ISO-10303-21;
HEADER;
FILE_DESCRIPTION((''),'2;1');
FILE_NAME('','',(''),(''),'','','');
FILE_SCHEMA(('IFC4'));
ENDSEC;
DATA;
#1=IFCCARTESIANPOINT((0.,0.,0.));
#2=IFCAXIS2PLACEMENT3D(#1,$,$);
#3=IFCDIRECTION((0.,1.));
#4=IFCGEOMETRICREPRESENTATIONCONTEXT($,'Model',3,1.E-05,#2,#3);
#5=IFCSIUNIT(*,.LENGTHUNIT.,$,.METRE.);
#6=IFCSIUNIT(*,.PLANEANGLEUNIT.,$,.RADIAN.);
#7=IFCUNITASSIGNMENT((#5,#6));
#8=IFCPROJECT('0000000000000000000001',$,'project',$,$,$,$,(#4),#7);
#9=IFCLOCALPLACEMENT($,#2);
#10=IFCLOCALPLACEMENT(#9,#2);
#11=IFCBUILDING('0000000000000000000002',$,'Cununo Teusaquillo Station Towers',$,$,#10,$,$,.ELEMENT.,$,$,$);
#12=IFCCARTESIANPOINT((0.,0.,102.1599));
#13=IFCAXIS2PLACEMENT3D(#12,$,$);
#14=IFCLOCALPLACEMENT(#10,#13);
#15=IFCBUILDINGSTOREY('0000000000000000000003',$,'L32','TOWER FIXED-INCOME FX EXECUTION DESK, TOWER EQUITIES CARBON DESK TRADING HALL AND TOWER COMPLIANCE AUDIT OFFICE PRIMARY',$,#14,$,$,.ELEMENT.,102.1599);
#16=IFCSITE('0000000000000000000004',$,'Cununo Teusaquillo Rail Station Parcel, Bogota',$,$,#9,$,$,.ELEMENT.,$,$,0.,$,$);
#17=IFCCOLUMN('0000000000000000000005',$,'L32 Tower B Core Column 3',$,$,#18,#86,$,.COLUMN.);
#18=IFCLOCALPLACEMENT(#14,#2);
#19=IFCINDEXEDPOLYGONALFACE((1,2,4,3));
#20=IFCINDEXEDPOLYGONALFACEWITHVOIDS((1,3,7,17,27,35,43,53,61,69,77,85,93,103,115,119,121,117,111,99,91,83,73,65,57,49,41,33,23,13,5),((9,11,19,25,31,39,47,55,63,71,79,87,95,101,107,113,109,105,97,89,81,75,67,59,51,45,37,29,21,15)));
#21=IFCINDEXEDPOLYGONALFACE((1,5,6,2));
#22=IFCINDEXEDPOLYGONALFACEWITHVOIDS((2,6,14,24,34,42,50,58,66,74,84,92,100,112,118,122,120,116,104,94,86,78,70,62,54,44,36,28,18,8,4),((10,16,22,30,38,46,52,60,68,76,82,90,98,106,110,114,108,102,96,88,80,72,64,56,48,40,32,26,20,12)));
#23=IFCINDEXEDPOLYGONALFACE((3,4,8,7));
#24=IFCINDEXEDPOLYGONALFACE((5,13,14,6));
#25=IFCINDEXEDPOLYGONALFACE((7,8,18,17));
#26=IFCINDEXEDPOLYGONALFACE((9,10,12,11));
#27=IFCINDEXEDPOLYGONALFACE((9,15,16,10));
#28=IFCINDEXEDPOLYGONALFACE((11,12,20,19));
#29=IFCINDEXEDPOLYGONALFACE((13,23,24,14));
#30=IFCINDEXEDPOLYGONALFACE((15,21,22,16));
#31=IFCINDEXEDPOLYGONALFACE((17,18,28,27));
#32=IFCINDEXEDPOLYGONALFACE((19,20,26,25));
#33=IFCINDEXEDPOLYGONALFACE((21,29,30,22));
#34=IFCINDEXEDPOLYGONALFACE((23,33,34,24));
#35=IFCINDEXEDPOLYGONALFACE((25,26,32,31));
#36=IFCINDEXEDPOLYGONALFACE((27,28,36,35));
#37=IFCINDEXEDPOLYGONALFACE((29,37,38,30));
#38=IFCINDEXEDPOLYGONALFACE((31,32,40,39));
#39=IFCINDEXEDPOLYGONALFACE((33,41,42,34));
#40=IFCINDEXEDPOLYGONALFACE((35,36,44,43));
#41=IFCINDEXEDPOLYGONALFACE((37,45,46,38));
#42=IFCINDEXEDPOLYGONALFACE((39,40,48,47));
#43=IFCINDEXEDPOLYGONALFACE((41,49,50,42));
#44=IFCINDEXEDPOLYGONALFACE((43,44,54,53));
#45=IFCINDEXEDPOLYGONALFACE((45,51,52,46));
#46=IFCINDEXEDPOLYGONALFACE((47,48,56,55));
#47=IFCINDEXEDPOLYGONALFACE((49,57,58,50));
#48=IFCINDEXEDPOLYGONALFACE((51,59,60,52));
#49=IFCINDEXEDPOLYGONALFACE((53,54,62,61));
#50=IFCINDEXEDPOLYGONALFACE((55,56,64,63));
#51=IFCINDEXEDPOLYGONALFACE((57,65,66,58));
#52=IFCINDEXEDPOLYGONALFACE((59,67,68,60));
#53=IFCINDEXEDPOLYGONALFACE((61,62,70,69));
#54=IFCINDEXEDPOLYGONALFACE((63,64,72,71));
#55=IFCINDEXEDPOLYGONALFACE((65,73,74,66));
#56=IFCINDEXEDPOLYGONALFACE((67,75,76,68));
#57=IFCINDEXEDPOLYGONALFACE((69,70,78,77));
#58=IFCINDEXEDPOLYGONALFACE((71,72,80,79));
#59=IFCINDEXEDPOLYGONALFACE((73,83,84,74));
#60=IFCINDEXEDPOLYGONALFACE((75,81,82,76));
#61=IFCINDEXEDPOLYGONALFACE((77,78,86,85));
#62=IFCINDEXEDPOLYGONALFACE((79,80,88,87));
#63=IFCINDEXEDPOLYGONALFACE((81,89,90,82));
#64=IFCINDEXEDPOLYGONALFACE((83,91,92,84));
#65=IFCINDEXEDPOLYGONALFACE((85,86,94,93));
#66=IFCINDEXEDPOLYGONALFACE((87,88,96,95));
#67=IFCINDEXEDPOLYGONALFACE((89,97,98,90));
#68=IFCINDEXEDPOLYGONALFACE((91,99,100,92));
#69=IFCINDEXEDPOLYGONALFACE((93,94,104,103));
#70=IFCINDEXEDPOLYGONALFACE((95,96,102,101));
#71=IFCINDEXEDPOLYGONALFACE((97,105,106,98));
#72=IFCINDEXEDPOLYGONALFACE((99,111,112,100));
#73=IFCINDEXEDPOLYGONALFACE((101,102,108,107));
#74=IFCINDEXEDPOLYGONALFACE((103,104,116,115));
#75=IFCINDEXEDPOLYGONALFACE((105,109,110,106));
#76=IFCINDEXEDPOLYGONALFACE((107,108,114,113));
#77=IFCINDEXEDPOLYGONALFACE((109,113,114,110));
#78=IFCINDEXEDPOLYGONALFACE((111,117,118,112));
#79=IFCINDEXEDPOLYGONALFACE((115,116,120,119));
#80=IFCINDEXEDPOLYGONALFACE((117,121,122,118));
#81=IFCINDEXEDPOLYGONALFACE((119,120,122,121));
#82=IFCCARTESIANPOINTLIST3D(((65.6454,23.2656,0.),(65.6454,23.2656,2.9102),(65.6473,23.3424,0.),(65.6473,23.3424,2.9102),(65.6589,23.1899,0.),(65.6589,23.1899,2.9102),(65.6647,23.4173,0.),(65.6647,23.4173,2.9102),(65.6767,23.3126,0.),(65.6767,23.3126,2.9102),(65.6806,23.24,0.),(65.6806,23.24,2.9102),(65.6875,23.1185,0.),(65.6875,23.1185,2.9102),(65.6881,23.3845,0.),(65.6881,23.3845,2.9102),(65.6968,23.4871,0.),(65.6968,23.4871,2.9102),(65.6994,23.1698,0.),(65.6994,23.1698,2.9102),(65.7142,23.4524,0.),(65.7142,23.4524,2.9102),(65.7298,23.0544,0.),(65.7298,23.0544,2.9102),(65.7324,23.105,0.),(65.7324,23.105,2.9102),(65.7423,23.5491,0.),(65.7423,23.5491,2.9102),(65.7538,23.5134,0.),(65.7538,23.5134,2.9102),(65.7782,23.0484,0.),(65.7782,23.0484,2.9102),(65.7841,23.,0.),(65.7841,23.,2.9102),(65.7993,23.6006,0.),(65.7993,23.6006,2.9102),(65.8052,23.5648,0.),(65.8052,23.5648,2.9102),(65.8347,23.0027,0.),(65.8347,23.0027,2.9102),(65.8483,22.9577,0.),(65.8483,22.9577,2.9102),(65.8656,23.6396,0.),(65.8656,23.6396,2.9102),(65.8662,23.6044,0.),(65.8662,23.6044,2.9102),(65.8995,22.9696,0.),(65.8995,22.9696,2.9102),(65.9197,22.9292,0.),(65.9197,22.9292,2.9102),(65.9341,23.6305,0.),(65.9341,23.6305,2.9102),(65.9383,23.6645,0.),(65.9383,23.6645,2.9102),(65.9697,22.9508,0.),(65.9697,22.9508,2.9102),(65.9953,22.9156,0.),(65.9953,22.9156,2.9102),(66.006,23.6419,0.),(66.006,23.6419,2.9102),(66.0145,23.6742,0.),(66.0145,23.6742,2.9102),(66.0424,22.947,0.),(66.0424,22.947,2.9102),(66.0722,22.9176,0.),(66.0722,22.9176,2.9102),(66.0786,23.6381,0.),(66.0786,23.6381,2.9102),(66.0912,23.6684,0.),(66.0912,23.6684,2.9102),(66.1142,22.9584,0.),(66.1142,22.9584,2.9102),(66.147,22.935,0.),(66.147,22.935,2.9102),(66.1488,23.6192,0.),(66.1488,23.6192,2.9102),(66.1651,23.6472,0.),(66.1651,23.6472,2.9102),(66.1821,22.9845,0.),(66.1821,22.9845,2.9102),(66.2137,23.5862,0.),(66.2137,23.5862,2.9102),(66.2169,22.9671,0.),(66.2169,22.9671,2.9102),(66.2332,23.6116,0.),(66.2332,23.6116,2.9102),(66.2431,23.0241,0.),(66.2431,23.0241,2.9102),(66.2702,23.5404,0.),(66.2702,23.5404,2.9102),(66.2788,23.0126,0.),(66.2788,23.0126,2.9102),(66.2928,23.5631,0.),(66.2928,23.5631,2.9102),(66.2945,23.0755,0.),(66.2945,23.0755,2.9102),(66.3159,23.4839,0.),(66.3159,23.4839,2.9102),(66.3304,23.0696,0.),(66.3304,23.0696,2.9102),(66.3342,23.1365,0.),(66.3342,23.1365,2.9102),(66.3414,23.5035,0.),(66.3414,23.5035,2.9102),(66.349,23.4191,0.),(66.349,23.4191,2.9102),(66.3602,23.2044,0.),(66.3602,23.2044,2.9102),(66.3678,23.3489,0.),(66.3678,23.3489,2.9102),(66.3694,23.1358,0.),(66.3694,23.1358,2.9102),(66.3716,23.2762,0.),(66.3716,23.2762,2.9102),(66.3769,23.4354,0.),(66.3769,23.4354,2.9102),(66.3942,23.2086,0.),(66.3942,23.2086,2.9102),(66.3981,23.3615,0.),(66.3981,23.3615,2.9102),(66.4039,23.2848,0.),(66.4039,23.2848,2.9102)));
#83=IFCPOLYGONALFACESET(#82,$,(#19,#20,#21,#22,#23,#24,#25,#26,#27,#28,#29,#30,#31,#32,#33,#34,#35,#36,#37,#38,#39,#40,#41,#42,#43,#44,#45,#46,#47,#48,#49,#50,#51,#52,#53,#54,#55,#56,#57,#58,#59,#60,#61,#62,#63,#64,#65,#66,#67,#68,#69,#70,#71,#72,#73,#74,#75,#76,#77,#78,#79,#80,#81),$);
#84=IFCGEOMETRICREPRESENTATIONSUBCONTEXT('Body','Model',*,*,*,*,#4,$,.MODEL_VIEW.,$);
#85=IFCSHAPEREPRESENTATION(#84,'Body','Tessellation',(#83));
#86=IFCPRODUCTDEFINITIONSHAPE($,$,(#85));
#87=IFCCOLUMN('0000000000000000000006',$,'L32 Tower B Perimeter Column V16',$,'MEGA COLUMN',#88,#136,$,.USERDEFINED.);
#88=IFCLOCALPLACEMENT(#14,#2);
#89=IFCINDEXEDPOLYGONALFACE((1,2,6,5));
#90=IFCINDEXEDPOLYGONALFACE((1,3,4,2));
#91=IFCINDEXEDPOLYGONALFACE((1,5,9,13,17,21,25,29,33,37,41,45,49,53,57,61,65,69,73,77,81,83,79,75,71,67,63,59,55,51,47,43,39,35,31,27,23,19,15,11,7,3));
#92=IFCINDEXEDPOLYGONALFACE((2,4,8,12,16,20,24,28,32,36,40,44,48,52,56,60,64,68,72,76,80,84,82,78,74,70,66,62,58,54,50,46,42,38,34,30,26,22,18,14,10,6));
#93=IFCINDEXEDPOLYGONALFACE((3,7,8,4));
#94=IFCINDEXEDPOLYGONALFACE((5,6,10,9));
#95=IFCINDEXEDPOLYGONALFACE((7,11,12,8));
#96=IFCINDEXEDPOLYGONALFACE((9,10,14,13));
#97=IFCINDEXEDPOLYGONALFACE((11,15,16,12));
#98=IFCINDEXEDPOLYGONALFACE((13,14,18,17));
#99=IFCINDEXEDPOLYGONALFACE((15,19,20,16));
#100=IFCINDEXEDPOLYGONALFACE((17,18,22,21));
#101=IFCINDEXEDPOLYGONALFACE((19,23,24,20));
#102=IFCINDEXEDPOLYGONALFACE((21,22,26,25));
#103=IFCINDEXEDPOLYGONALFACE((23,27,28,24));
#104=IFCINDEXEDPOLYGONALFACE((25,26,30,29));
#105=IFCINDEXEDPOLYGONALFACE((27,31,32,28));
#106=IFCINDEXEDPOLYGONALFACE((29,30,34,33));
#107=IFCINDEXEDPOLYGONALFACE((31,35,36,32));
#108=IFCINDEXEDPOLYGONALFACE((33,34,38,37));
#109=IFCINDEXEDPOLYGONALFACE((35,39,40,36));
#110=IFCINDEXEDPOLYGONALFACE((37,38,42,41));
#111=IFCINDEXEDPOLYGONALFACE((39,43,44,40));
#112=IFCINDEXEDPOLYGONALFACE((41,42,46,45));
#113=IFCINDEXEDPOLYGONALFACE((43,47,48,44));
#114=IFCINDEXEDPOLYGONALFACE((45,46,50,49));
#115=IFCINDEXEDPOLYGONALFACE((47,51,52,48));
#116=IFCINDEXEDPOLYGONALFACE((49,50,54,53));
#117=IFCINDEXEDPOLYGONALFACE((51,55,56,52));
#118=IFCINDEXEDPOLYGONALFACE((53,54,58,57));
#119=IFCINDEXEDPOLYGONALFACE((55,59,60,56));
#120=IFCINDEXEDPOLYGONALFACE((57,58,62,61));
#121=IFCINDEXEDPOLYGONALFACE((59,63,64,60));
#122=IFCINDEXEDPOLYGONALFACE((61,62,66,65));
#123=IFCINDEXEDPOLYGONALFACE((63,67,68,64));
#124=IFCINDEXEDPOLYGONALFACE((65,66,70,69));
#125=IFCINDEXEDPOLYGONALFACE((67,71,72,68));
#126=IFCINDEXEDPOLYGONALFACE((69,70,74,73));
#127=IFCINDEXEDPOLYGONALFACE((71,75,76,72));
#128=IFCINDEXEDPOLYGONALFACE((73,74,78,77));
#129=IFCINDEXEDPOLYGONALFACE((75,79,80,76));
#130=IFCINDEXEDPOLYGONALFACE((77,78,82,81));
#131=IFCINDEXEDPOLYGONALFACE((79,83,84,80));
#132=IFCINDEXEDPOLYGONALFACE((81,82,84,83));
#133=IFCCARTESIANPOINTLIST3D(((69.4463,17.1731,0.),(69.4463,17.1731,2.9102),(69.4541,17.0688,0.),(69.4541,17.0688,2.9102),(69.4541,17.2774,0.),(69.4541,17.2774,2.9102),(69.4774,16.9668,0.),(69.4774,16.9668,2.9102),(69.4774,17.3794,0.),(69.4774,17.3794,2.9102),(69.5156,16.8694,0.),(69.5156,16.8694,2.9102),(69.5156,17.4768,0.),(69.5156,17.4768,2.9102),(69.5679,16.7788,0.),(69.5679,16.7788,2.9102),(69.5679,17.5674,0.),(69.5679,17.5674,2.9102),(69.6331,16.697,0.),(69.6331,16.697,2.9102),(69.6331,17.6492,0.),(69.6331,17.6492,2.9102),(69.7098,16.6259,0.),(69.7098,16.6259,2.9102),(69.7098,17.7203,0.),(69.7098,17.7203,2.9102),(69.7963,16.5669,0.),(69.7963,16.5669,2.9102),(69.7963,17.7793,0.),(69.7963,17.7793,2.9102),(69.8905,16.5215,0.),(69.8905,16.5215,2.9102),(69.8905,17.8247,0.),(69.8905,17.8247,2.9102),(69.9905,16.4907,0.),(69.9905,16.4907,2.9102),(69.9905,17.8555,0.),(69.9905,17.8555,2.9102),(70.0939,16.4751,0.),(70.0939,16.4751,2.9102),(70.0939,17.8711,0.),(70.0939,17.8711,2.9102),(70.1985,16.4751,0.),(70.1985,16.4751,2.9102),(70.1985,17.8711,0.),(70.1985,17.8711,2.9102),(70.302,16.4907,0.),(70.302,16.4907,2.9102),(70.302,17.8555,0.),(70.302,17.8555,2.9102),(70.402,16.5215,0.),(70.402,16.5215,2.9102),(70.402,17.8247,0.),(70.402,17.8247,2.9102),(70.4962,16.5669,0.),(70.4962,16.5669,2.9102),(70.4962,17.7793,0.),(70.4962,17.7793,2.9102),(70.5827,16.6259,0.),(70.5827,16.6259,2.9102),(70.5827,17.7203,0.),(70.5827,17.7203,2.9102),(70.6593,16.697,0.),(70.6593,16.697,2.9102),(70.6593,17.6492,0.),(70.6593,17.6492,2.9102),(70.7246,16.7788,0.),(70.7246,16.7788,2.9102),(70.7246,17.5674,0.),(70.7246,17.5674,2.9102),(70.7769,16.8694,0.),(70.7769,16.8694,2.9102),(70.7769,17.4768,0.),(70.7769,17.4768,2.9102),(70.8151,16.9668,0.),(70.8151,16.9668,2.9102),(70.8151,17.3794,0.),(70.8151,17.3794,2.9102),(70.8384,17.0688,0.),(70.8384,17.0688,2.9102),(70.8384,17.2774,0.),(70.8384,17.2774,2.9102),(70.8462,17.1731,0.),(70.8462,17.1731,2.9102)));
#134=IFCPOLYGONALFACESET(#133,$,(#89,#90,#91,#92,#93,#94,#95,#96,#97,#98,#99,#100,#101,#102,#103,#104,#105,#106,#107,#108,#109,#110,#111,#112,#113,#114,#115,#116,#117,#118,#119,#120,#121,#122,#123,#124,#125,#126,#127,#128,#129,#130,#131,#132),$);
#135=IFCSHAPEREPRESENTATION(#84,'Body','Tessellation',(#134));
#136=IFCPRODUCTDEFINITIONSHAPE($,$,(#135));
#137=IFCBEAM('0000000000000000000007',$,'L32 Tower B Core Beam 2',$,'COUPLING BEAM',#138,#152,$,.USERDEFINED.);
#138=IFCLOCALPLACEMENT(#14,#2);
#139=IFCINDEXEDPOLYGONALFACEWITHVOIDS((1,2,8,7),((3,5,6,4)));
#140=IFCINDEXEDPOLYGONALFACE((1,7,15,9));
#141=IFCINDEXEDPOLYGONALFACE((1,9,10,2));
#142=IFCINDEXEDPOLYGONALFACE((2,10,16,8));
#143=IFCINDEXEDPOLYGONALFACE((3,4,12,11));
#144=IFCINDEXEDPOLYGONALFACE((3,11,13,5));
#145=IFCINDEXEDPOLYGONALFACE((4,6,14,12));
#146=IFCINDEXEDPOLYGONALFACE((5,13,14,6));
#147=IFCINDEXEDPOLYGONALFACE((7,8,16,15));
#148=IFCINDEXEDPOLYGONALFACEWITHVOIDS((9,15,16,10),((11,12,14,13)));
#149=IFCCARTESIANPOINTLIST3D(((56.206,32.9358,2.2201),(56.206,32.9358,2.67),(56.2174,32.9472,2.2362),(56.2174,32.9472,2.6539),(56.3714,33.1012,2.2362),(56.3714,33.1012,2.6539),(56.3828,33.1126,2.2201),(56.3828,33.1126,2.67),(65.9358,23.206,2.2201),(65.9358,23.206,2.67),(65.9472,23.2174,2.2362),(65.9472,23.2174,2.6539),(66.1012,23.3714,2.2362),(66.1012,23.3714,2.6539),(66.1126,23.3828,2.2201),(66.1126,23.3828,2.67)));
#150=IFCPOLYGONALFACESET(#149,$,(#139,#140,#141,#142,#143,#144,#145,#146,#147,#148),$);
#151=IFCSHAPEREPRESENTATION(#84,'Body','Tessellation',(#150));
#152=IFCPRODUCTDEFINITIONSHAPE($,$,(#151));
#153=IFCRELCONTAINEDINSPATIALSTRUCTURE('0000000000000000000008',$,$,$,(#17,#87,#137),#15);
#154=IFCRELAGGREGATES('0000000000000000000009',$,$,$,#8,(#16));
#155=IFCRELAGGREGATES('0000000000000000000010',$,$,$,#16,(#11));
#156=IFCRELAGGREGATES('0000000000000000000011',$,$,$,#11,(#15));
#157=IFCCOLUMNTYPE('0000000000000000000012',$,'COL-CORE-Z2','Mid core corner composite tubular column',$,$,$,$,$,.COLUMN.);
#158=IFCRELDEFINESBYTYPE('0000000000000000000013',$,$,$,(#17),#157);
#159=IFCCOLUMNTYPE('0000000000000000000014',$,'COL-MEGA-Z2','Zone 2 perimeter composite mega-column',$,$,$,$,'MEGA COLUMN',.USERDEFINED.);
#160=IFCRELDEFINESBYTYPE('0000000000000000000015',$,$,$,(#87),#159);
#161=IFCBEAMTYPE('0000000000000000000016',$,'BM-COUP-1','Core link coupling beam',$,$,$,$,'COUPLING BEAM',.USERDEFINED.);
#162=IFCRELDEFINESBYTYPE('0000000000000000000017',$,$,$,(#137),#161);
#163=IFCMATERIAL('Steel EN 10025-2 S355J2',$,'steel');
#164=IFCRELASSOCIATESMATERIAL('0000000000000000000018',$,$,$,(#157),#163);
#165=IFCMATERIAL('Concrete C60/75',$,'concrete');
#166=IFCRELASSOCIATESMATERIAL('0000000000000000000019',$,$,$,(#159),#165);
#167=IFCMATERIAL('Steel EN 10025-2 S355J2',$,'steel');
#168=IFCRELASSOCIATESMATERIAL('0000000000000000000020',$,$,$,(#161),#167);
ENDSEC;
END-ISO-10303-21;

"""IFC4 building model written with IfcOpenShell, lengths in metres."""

from ifc_helpers import new_model, si_unit, direction, frame, origin, origin_2d, place, context, subcontext, project, spatial, hollow_rectangle, circle, hollow_circle, extrude, material, material_profile, profile_set, type_object, element, save


model = new_model("IFC4")

# Units and contexts
model_context = context("Model", 3, precision=1e-05, world=origin(), true_north=direction((0.0, 1.0)))
body_context = subcontext(model_context, "Body", "Model", "MODEL_VIEW")
ifc_project = project(units=[si_unit("LENGTHUNIT", "METRE"), si_unit("PLANEANGLEUNIT", "RADIAN")], contexts=[model_context])

# Site, building, storey
site_placement = place(None, origin())
site = spatial("IfcSite", under=ifc_project, at=site_placement, Name="Cununo Teusaquillo Rail Station Parcel, Bogota", CompositionType="ELEMENT", RefElevation=0.0)
building_placement = place(site_placement, origin())
building = spatial("IfcBuilding", under=site, at=building_placement, Name="Cununo Teusaquillo Station Towers", CompositionType="ELEMENT")
storey_placement = place(building_placement, frame((0.0, 0.0, 102.1599)))
storey = spatial("IfcBuildingStorey", under=building, at=storey_placement, Name="L32", Description="TOWER FIXED-INCOME FX EXECUTION DESK, TOWER EQUITIES CARBON DESK TRADING HALL AND TOWER COMPLIANCE AUDIT OFFICE PRIMARY", CompositionType="ELEMENT", Elevation=102.1599)

# Columns
ifc_material_1 = material(Name="Steel EN 10025-2 S355J2", Category="steel")
ifc_material_profile_1 = material_profile(ifc_material_1, hollow_circle(Radius=0.3799, WallThickness=0.032, at=origin_2d()), Name="CHS 760x32")
ifc_profile_set_1 = profile_set([ifc_material_profile_1], Name="Steel EN 10025-2 S355J2")
column_type_1 = type_object("IfcColumnType", Name="COL-CORE-Z2", Description="Mid core corner composite tubular column", PredefinedType="COLUMN", material=ifc_profile_set_1)
column_1_placement = place(storey_placement, frame((66.0242, 23.2944, 0.0), z_axis=(0.0, 0.0, 1.0), x_axis=(0.707107, 0.707107, 0.0)))
element("IfcColumn", 1, at=column_1_placement, inside=storey, type_object=column_type_1, Name="L32 Tower B Core Column 3", PredefinedType="COLUMN", context=body_context, shape_type="SweptSolid", body=[
    extrude(hollow_circle(Radius=0.3799, WallThickness=0.032, at=origin_2d()), origin(), (0.0, 0.0, 1.0), 2.9102),
])
ifc_material_2 = material(Name="Concrete C60/75", Category="concrete")
ifc_material_profile_2 = material_profile(ifc_material_2, circle(Radius=0.7, at=origin_2d()), Name="RC-CIRC-1400")
ifc_profile_set_2 = profile_set([ifc_material_profile_2], Name="Concrete C60/75")
column_type_2 = type_object("IfcColumnType", Name="COL-MEGA-Z2", Description="Zone 2 perimeter composite mega-column", ElementType="MEGA COLUMN", PredefinedType="USERDEFINED", material=ifc_profile_set_2)
column_2_placement = place(storey_placement, frame((70.1462, 17.1731, 0.0), z_axis=(0.0, 0.0, 1.0), x_axis=(1.0, 0.0, 0.0)))
element("IfcColumn", 2, at=column_2_placement, inside=storey, type_object=column_type_2, Name="L32 Tower B Perimeter Column V16", ObjectType="MEGA COLUMN", PredefinedType="USERDEFINED", context=body_context, shape_type="SweptSolid", body=[
    extrude(circle(Radius=0.7, at=origin_2d()), origin(), (0.0, 0.0, 1.0), 2.9102),
])

# Beam
ifc_material_3 = material(Name="Steel EN 10025-2 S355J2", Category="steel")
ifc_material_profile_3 = material_profile(ifc_material_3, hollow_rectangle(XDim=0.25, YDim=0.45, WallThickness=0.0161, at=origin_2d()), Name="RHS 450x250x16")
ifc_profile_set_3 = profile_set([ifc_material_profile_3], Name="Steel EN 10025-2 S355J2")
beam_type_1 = type_object("IfcBeamType", Name="BM-COUP-1", Description="Core link coupling beam", ElementType="COUPLING BEAM", PredefinedType="USERDEFINED", material=ifc_profile_set_3)
beam_1_placement = place(storey_placement, frame((66.0242, 23.2944, 2.4451), z_axis=(-0.707107, 0.707107, 0.0), x_axis=(-0.707107, -0.707107, 0.0)))
element("IfcBeam", 3, at=beam_1_placement, inside=storey, type_object=beam_type_1, Name="L32 Tower B Core Beam 2", ObjectType="COUPLING BEAM", PredefinedType="USERDEFINED", context=body_context, shape_type="SweptSolid", body=[
    extrude(hollow_rectangle(XDim=0.25, YDim=0.45, WallThickness=0.0161, at=origin_2d()), origin(), (0.0, 0.0, 1.0), 13.76),
])

save(model, "model.ifc")
